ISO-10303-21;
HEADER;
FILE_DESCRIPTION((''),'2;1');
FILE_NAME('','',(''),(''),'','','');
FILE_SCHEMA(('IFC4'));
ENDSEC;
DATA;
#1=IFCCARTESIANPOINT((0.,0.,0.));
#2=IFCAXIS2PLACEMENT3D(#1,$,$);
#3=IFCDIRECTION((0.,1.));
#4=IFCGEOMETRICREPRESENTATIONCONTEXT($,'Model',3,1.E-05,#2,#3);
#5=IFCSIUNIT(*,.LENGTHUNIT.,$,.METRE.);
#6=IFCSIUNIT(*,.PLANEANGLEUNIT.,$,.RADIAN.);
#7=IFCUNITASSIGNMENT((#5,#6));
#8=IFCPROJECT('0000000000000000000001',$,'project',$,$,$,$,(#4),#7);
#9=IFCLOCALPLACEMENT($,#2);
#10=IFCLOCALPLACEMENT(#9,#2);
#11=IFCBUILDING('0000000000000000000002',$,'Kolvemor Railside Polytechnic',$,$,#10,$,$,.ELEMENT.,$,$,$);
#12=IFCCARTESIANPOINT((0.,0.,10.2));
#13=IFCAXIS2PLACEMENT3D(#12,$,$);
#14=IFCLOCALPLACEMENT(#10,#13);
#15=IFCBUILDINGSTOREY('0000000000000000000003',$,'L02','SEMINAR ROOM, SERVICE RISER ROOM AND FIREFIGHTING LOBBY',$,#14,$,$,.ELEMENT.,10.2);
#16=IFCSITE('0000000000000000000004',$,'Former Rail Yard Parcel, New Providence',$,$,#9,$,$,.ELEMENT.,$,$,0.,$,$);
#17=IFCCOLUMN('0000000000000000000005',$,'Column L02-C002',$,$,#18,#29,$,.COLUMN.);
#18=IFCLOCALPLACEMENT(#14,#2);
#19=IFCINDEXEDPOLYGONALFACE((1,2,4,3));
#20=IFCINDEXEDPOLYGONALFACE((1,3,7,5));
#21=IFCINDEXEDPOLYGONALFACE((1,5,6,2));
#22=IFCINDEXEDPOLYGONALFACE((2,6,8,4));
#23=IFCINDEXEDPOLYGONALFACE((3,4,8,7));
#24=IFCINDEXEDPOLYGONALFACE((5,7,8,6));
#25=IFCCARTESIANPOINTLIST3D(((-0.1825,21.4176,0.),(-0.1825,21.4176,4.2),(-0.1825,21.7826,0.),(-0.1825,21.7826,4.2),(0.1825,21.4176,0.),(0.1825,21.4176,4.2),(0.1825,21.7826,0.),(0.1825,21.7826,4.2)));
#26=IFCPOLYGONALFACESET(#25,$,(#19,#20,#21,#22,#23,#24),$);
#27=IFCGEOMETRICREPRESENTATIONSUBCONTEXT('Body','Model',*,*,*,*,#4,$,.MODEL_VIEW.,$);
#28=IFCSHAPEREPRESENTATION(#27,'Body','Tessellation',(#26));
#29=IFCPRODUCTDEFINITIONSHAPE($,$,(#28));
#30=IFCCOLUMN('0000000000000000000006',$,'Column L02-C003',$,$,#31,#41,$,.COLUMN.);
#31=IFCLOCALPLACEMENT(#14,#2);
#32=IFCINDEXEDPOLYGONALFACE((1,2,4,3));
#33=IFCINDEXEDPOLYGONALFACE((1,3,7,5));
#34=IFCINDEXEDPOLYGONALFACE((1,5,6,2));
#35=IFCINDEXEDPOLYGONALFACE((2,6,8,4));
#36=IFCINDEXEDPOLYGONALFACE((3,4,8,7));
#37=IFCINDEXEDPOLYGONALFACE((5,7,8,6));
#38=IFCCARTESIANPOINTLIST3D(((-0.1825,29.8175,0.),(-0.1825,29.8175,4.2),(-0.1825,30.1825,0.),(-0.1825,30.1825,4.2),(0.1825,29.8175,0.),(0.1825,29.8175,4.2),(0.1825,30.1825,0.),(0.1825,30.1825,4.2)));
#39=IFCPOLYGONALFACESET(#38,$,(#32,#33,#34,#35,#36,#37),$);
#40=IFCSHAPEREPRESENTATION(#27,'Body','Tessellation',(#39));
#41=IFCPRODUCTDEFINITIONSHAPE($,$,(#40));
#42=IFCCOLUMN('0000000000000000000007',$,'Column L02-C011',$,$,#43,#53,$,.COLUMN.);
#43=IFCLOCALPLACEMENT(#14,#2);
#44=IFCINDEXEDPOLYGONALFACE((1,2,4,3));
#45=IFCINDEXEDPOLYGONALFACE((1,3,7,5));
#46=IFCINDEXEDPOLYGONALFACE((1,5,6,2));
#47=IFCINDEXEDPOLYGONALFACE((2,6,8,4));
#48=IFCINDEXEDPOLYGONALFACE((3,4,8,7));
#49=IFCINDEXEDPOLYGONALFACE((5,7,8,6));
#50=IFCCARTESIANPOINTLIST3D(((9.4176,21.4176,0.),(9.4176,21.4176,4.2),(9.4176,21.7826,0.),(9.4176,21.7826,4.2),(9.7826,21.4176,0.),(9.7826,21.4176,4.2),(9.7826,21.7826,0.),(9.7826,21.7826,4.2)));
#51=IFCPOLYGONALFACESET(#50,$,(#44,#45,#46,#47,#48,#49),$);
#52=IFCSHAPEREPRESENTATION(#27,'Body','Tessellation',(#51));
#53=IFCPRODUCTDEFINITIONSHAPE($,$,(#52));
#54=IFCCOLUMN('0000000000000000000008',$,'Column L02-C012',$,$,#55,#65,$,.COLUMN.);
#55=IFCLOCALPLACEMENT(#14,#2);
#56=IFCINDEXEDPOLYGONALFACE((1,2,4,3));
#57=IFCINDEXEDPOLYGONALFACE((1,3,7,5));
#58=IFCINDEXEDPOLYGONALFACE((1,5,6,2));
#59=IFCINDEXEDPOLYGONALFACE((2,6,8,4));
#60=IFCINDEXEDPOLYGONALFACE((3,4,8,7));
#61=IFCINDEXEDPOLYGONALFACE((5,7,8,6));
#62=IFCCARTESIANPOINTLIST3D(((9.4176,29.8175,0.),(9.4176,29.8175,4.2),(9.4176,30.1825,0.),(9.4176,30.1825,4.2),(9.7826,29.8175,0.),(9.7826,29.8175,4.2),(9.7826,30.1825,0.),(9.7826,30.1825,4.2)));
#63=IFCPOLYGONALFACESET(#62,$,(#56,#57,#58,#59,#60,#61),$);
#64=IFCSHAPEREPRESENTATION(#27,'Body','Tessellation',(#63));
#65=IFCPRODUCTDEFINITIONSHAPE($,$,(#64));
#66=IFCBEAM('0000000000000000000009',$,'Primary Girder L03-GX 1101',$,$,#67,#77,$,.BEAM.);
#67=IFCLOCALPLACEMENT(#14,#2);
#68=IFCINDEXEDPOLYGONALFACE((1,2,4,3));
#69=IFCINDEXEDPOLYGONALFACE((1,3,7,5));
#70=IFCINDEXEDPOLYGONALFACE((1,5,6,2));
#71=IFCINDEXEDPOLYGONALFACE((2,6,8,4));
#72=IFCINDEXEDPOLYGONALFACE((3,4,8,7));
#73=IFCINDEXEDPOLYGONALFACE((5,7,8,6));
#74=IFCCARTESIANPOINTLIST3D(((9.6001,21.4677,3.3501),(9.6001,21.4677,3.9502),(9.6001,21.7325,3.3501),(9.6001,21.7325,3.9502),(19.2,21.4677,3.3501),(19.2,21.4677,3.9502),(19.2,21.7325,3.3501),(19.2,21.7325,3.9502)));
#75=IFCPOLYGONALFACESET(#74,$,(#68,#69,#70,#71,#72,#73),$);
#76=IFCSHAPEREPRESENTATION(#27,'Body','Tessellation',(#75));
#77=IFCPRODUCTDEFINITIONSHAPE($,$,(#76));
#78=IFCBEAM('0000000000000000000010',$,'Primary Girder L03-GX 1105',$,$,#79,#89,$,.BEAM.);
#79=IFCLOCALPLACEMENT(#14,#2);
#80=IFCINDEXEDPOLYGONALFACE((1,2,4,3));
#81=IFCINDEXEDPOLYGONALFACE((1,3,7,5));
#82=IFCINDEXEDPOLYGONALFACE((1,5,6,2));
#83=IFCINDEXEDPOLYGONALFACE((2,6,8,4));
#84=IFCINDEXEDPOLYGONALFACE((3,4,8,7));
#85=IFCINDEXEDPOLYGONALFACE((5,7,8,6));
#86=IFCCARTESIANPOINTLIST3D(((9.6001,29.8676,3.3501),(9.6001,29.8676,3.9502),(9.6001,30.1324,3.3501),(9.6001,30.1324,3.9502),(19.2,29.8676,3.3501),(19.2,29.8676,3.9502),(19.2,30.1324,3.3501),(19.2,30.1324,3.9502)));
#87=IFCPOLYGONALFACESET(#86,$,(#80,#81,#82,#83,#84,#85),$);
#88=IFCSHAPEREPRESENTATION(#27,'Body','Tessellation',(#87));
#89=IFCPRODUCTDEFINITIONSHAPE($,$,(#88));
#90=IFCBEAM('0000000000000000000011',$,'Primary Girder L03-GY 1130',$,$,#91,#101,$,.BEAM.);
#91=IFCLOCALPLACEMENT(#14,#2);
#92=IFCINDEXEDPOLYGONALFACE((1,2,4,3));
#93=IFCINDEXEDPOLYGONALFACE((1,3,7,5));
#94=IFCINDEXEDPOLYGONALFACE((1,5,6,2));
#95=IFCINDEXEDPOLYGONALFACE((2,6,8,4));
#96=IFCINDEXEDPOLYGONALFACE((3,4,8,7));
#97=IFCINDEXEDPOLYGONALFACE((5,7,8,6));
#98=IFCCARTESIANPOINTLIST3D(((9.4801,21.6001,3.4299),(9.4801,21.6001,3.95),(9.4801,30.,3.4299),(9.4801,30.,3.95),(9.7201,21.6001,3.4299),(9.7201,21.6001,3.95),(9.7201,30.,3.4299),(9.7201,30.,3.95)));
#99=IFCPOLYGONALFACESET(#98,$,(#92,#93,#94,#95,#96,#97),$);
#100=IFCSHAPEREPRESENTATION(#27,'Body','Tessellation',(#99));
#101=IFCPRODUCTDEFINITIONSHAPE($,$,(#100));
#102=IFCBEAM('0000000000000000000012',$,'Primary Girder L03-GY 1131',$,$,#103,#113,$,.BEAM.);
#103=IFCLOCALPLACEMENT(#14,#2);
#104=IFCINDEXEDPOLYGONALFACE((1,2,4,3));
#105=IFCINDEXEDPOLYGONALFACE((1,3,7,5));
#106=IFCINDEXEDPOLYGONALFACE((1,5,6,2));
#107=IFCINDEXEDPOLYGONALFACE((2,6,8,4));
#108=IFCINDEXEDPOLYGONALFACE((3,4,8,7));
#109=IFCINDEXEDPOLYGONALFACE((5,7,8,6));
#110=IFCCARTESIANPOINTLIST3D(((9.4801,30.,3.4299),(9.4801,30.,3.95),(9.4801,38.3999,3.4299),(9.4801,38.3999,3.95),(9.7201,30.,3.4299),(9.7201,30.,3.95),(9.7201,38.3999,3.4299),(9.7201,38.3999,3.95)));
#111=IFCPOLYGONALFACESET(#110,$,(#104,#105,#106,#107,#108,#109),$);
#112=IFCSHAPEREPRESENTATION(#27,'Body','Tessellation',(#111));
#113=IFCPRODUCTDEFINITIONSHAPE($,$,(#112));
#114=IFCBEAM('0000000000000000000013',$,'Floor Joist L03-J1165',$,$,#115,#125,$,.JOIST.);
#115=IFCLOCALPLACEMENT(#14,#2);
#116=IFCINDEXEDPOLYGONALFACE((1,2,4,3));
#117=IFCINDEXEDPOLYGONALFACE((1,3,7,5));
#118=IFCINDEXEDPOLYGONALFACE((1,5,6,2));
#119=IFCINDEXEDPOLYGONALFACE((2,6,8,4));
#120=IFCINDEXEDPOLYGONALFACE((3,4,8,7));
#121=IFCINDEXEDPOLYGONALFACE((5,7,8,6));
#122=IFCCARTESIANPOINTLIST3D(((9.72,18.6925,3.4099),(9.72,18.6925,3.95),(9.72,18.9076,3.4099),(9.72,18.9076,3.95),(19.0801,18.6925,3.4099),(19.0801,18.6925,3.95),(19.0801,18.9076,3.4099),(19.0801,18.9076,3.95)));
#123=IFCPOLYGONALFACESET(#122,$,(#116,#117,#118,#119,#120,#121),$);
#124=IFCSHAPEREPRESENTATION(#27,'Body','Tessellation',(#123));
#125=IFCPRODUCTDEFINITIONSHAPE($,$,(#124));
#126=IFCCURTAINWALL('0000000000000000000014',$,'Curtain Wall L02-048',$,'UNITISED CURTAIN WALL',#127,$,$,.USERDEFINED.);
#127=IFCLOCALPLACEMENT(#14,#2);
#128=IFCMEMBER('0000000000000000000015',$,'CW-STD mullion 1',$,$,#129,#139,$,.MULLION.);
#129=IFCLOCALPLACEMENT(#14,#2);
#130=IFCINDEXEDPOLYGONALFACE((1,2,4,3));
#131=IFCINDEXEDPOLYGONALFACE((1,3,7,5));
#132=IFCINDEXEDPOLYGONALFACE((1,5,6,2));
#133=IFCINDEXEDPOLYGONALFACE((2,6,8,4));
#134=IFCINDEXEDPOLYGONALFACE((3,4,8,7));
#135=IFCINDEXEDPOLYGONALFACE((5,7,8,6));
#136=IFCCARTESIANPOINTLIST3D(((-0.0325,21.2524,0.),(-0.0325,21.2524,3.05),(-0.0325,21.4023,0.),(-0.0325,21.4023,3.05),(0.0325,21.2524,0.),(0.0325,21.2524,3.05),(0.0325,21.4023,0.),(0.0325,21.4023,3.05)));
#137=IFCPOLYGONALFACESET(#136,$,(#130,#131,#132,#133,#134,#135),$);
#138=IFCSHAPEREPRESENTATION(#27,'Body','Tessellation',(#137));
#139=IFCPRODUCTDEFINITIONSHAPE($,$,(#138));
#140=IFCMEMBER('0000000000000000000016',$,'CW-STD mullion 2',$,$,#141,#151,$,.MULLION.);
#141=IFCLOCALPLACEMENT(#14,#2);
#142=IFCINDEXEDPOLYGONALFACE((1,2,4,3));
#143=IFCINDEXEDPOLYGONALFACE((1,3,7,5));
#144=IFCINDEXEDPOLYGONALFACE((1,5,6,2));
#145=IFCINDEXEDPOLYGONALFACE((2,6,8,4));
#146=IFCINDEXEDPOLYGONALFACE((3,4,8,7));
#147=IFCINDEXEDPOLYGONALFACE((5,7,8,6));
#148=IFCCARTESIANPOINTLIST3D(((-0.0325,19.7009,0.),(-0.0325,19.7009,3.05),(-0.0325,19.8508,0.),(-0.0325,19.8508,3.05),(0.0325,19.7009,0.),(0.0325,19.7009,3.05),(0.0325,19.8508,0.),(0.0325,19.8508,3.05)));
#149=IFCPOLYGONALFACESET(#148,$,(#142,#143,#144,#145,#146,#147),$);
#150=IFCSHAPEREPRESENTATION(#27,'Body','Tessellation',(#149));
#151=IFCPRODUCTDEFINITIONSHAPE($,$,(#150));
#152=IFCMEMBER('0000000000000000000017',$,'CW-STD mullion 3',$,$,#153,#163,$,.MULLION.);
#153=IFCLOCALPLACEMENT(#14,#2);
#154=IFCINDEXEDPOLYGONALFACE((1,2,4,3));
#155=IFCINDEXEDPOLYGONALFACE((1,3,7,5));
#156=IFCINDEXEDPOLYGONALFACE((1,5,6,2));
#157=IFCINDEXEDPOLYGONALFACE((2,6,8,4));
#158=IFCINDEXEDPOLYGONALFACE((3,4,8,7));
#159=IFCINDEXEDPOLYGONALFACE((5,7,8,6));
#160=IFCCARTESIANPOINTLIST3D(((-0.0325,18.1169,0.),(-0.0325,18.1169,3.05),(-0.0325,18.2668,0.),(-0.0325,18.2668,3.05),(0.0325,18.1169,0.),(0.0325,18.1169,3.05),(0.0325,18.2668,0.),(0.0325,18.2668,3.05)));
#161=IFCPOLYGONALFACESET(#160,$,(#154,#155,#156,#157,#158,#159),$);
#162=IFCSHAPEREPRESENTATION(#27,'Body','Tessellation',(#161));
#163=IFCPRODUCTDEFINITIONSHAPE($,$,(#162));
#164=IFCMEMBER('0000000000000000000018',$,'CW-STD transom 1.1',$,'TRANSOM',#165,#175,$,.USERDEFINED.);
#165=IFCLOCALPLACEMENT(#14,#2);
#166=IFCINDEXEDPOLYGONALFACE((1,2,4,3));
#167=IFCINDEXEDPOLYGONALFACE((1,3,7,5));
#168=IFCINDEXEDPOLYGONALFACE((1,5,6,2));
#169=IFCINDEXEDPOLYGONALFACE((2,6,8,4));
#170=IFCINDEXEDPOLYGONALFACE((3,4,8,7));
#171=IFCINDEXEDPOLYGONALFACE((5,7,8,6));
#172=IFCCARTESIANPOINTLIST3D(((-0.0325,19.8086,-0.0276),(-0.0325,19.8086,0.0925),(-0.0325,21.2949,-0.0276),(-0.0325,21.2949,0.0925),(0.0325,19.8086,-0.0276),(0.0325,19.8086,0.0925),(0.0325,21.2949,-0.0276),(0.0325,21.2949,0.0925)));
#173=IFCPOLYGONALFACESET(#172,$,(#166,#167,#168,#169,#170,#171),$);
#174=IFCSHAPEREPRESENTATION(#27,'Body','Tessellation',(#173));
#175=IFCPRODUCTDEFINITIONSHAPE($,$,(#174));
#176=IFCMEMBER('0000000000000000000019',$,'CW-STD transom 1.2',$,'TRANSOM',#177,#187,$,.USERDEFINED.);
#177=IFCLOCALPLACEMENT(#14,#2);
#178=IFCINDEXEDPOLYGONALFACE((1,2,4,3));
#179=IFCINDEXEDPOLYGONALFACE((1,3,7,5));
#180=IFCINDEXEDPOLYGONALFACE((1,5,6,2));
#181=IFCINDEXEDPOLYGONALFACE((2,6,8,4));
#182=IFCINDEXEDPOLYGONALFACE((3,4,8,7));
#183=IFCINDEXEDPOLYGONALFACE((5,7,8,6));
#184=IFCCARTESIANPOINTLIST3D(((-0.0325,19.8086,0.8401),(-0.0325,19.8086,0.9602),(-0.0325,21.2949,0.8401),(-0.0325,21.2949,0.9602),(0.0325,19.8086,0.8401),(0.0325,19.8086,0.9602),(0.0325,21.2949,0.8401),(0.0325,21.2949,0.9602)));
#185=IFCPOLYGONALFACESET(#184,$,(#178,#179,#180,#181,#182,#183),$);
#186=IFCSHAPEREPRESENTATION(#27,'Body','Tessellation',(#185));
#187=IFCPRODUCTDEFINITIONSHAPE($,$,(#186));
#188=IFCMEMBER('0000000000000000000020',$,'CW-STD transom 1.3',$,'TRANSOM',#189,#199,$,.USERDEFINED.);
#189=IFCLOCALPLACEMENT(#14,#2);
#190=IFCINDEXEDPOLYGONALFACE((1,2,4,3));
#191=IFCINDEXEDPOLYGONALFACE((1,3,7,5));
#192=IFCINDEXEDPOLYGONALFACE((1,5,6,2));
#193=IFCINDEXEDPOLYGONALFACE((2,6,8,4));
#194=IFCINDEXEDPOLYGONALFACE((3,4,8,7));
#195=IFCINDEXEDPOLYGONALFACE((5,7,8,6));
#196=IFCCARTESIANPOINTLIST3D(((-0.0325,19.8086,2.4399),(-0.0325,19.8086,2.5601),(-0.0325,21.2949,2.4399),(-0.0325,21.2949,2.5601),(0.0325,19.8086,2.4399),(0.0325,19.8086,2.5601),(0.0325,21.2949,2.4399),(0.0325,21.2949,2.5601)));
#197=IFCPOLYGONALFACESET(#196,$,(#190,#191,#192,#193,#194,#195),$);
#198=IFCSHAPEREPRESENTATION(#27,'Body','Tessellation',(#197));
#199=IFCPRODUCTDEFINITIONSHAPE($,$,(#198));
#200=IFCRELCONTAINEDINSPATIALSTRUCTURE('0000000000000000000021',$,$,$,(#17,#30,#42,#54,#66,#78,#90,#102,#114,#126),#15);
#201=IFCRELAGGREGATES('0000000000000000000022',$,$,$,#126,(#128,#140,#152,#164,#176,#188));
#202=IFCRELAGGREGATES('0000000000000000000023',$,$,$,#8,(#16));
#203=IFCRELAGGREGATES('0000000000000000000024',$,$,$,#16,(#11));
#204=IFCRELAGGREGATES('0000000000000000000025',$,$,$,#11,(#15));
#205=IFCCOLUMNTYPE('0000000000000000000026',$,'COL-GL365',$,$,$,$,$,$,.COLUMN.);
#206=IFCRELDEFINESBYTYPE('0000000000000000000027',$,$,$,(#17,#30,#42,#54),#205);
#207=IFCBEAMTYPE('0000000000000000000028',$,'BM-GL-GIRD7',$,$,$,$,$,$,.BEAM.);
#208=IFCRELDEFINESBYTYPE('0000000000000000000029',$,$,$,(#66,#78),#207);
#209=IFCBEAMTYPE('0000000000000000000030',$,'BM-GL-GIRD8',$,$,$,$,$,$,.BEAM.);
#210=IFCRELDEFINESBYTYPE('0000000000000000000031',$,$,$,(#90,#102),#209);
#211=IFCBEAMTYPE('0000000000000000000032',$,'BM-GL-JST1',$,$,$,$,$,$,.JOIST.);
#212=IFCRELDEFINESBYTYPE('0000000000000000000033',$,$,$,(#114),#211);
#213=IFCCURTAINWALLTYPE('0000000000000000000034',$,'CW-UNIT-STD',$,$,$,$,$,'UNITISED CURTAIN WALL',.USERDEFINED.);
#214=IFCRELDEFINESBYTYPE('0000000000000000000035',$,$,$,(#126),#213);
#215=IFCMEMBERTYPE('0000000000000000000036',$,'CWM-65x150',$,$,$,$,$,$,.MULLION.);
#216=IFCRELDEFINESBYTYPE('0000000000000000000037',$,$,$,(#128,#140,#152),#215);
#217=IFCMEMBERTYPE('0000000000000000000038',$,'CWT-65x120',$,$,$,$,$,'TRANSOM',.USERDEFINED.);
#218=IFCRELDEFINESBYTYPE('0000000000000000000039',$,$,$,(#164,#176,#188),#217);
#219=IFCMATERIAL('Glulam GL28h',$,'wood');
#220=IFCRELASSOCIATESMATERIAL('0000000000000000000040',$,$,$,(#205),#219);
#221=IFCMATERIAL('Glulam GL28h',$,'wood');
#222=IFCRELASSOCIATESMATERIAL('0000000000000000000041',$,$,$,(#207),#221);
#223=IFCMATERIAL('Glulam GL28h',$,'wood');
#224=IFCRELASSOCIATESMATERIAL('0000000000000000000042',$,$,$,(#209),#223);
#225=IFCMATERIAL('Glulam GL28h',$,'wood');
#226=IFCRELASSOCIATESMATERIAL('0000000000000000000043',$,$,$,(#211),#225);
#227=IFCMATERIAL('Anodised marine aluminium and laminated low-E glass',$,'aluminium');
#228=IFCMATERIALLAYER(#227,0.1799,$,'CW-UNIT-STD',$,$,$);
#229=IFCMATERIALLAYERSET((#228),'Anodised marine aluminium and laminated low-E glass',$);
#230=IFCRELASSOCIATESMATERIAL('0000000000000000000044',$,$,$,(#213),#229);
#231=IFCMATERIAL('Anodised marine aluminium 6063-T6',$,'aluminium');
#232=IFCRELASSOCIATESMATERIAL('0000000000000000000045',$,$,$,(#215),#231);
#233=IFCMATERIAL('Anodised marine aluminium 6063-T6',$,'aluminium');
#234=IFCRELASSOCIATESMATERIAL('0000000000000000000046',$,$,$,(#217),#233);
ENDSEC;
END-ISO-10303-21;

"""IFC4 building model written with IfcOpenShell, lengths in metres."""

from ifc_helpers import new_model, si_unit, direction, frame, origin, origin_2d, place, context, subcontext, project, spatial, rectangle, extrude, material, layer, layer_set, material_profile, profile_set, type_object, element, aggregate, save


model = new_model("IFC4")

# Units and contexts
model_context = context("Model", 3, precision=1e-05, world=origin(), true_north=direction((0.0, 1.0)))
body_context = subcontext(model_context, "Body", "Model", "MODEL_VIEW")
ifc_project = project(units=[si_unit("LENGTHUNIT", "METRE"), si_unit("PLANEANGLEUNIT", "RADIAN")], contexts=[model_context])

# Site, building, storey
site_placement = place(None, origin())
site = spatial("IfcSite", under=ifc_project, at=site_placement, Name="Former Rail Yard Parcel, New Providence", CompositionType="ELEMENT", RefElevation=0.0)
building_placement = place(site_placement, origin())
building = spatial("IfcBuilding", under=site, at=building_placement, Name="Kolvemor Railside Polytechnic", CompositionType="ELEMENT")
storey_placement = place(building_placement, frame((0.0, 0.0, 10.2)))
storey = spatial("IfcBuildingStorey", under=building, at=storey_placement, Name="L02", Description="SEMINAR ROOM, SERVICE RISER ROOM AND FIREFIGHTING LOBBY", CompositionType="ELEMENT", Elevation=10.2)

# Columns
ifc_material_1 = material(Name="Glulam GL28h", Category="wood")
ifc_material_profile_1 = material_profile(ifc_material_1, rectangle(XDim=0.365, YDim=0.365, at=origin_2d()), Name="GL365x365")
ifc_profile_set_1 = profile_set([ifc_material_profile_1], Name="Glulam GL28h")
column_type = type_object("IfcColumnType", Name="COL-GL365", PredefinedType="COLUMN", material=ifc_profile_set_1)
for number, where, z_axis, x_axis, name in (
    (1, (0.0, 21.6001, 0.0), (0.0, 0.0, 1.0), (1.0, 0.0, 0.0), "Column L02-C002"),
    (2, (0.0, 30.0, 0.0), (0.0, 0.0, 1.0), (1.0, 0.0, 0.0), "Column L02-C003"),
    (3, (9.6001, 21.6001, 0.0), (0.0, 0.0, 1.0), (1.0, 0.0, 0.0), "Column L02-C011"),
    (4, (9.6001, 30.0, 0.0), (0.0, 0.0, 1.0), (1.0, 0.0, 0.0), "Column L02-C012"),
):
    element("IfcColumn", number, at=place(storey_placement, frame(where, z_axis=z_axis, x_axis=x_axis)), inside=storey, type_object=column_type, Name=name, PredefinedType="COLUMN", context=body_context, shape_type="SweptSolid", body=[
        extrude(rectangle(XDim=0.365, YDim=0.365, at=origin_2d()), origin(), (0.0, 0.0, 1.0), 4.2),
    ])

# Beams
ifc_material_2 = material(Name="Glulam GL28h", Category="wood")
ifc_material_profile_2 = material_profile(ifc_material_2, rectangle(XDim=0.2649, YDim=0.6001, at=origin_2d()), Name="GL265x600")
ifc_profile_set_2 = profile_set([ifc_material_profile_2], Name="Glulam GL28h")
beam_type_1 = type_object("IfcBeamType", Name="BM-GL-GIRD7", PredefinedType="BEAM", material=ifc_profile_set_2)
for number, where, z_axis, x_axis, name in (
    (5, (9.6001, 21.6001, 3.6501), (1.0, 0.0, 0.0), (0.0, 1.0, 0.0), "Primary Girder L03-GX 1101"),
    (6, (9.6001, 30.0, 3.6501), (1.0, 0.0, 0.0), (0.0, 1.0, 0.0), "Primary Girder L03-GX 1105"),
):
    element("IfcBeam", number, at=place(storey_placement, frame(where, z_axis=z_axis, x_axis=x_axis)), inside=storey, type_object=beam_type_1, Name=name, PredefinedType="BEAM", context=body_context, shape_type="SweptSolid", body=[
        extrude(rectangle(XDim=0.2649, YDim=0.6001, at=origin_2d()), origin(), (0.0, 0.0, 1.0), 9.5999),
    ])
ifc_material_3 = material(Name="Glulam GL28h", Category="wood")
ifc_material_profile_3 = material_profile(ifc_material_3, rectangle(XDim=0.24, YDim=0.52, at=origin_2d()), Name="GL240x520")
ifc_profile_set_3 = profile_set([ifc_material_profile_3], Name="Glulam GL28h")
beam_type_2 = type_object("IfcBeamType", Name="BM-GL-GIRD8", PredefinedType="BEAM", material=ifc_profile_set_3)
for number, where, z_axis, x_axis, name in (
    (7, (9.6001, 21.6001, 3.6899), (0.0, 1.0, 0.0), (-1.0, 0.0, 0.0), "Primary Girder L03-GY 1130"),
    (8, (9.6001, 30.0, 3.6899), (0.0, 1.0, 0.0), (-1.0, 0.0, 0.0), "Primary Girder L03-GY 1131"),
):
    element("IfcBeam", number, at=place(storey_placement, frame(where, z_axis=z_axis, x_axis=x_axis)), inside=storey, type_object=beam_type_2, Name=name, PredefinedType="BEAM", context=body_context, shape_type="SweptSolid", body=[
        extrude(rectangle(XDim=0.24, YDim=0.52, at=origin_2d()), origin(), (0.0, 0.0, 1.0), 8.3999),
    ])
ifc_material_4 = material(Name="Glulam GL28h", Category="wood")
ifc_material_profile_4 = material_profile(ifc_material_4, rectangle(XDim=0.2151, YDim=0.54, at=origin_2d()), Name="GL215x540")
ifc_profile_set_4 = profile_set([ifc_material_profile_4], Name="Glulam GL28h")
beam_type_3 = type_object("IfcBeamType", Name="BM-GL-JST1", PredefinedType="JOIST", material=ifc_profile_set_4)
beam_placement = place(storey_placement, frame((9.72, 18.8, 3.6799), z_axis=(1.0, 0.0, 0.0), x_axis=(0.0, 1.0, 0.0)))
element("IfcBeam", 9, at=beam_placement, inside=storey, type_object=beam_type_3, Name="Floor Joist L03-J1165", PredefinedType="JOIST", context=body_context, shape_type="SweptSolid", body=[
    extrude(rectangle(XDim=0.2151, YDim=0.54, at=origin_2d()), origin(), (0.0, 0.0, 1.0), 9.3601),
])

# Curtain wall, members
ifc_material_5 = material(Name="Anodised marine aluminium and laminated low-E glass", Category="aluminium")
ifc_layer_1 = layer(ifc_material_5, 0.1799, Name="CW-UNIT-STD")
ifc_layer_set_1 = layer_set([ifc_layer_1], Name="Anodised marine aluminium and laminated low-E glass")
curtain_wall_type = type_object("IfcCurtainWallType", Name="CW-UNIT-STD", ElementType="UNITISED CURTAIN WALL", PredefinedType="USERDEFINED", material=ifc_layer_set_1)
curtain_wall_placement = place(storey_placement, origin())
curtain_wall = element("IfcCurtainWall", 10, at=curtain_wall_placement, inside=storey, type_object=curtain_wall_type, Name="Curtain Wall L02-048", ObjectType="UNITISED CURTAIN WALL", PredefinedType="USERDEFINED")
ifc_material_6 = material(Name="Anodised marine aluminium 6063-T6", Category="aluminium")
ifc_material_profile_5 = material_profile(ifc_material_6, rectangle(XDim=0.0649, YDim=0.1499, at=origin_2d()), Name="CW-MUL-65x150")
ifc_profile_set_5 = profile_set([ifc_material_profile_5], Name="Anodised marine aluminium 6063-T6")
member_type_1 = type_object("IfcMemberType", Name="CWM-65x150", PredefinedType="MULLION", material=ifc_profile_set_5)
member_1_placement = place(storey_placement, frame((0.0, 21.3274, 0.0), z_axis=(0.0, 0.0, 1.0), x_axis=(1.0, 0.0, 0.0)))
member_1 = element("IfcMember", 11, at=member_1_placement, type_object=member_type_1, Name="CW-STD mullion 1", PredefinedType="MULLION", context=body_context, shape_type="SweptSolid", body=[
    extrude(rectangle(XDim=0.0649, YDim=0.1499, at=origin_2d()), origin(), (0.0, 0.0, 1.0), 3.05),
])
member_2_placement = place(storey_placement, frame((0.0, 19.7759, 0.0), z_axis=(0.0, 0.0, 1.0), x_axis=(1.0, 0.0, 0.0)))
member_2 = element("IfcMember", 12, at=member_2_placement, type_object=member_type_1, Name="CW-STD mullion 2", PredefinedType="MULLION", context=body_context, shape_type="SweptSolid", body=[
    extrude(rectangle(XDim=0.0649, YDim=0.1499, at=origin_2d()), origin(), (0.0, 0.0, 1.0), 3.05),
])
member_3_placement = place(storey_placement, frame((0.0, 18.1919, 0.0), z_axis=(0.0, 0.0, 1.0), x_axis=(1.0, 0.0, 0.0)))
member_3 = element("IfcMember", 13, at=member_3_placement, type_object=member_type_1, Name="CW-STD mullion 3", PredefinedType="MULLION", context=body_context, shape_type="SweptSolid", body=[
    extrude(rectangle(XDim=0.0649, YDim=0.1499, at=origin_2d()), origin(), (0.0, 0.0, 1.0), 3.05),
])
ifc_material_7 = material(Name="Anodised marine aluminium 6063-T6", Category="aluminium")
ifc_material_profile_6 = material_profile(ifc_material_7, rectangle(XDim=0.0649, YDim=0.1201, at=origin_2d()), Name="CW-TRN-65x120")
ifc_profile_set_6 = profile_set([ifc_material_profile_6], Name="Anodised marine aluminium 6063-T6")
member_type_2 = type_object("IfcMemberType", Name="CWT-65x120", ElementType="TRANSOM", PredefinedType="USERDEFINED", material=ifc_profile_set_6)
member_4_placement = place(storey_placement, frame((0.0, 21.2949, 0.0325), z_axis=(0.0, -1.0, 0.0), x_axis=(1.0, 0.0, 0.0)))
member_4 = element("IfcMember", 14, at=member_4_placement, type_object=member_type_2, Name="CW-STD transom 1.1", ObjectType="TRANSOM", PredefinedType="USERDEFINED", context=body_context, shape_type="SweptSolid", body=[
    extrude(rectangle(XDim=0.0649, YDim=0.1201, at=origin_2d()), origin(), (0.0, 0.0, 1.0), 1.4863),
])
member_5_placement = place(storey_placement, frame((0.0, 21.2949, 0.9001), z_axis=(0.0, -1.0, 0.0), x_axis=(1.0, 0.0, 0.0)))
member_5 = element("IfcMember", 15, at=member_5_placement, type_object=member_type_2, Name="CW-STD transom 1.2", ObjectType="TRANSOM", PredefinedType="USERDEFINED", context=body_context, shape_type="SweptSolid", body=[
    extrude(rectangle(XDim=0.0649, YDim=0.1201, at=origin_2d()), origin(), (0.0, 0.0, 1.0), 1.4863),
])
member_6_placement = place(storey_placement, frame((0.0, 21.2949, 2.5), z_axis=(0.0, -1.0, 0.0), x_axis=(1.0, 0.0, 0.0)))
member_6 = element("IfcMember", 16, at=member_6_placement, type_object=member_type_2, Name="CW-STD transom 1.3", ObjectType="TRANSOM", PredefinedType="USERDEFINED", context=body_context, shape_type="SweptSolid", body=[
    extrude(rectangle(XDim=0.0649, YDim=0.1201, at=origin_2d()), origin(), (0.0, 0.0, 1.0), 1.4863),
])
aggregate(curtain_wall, [member_1, member_2, member_3, member_4, member_5, member_6])

save(model, "model.ifc")
